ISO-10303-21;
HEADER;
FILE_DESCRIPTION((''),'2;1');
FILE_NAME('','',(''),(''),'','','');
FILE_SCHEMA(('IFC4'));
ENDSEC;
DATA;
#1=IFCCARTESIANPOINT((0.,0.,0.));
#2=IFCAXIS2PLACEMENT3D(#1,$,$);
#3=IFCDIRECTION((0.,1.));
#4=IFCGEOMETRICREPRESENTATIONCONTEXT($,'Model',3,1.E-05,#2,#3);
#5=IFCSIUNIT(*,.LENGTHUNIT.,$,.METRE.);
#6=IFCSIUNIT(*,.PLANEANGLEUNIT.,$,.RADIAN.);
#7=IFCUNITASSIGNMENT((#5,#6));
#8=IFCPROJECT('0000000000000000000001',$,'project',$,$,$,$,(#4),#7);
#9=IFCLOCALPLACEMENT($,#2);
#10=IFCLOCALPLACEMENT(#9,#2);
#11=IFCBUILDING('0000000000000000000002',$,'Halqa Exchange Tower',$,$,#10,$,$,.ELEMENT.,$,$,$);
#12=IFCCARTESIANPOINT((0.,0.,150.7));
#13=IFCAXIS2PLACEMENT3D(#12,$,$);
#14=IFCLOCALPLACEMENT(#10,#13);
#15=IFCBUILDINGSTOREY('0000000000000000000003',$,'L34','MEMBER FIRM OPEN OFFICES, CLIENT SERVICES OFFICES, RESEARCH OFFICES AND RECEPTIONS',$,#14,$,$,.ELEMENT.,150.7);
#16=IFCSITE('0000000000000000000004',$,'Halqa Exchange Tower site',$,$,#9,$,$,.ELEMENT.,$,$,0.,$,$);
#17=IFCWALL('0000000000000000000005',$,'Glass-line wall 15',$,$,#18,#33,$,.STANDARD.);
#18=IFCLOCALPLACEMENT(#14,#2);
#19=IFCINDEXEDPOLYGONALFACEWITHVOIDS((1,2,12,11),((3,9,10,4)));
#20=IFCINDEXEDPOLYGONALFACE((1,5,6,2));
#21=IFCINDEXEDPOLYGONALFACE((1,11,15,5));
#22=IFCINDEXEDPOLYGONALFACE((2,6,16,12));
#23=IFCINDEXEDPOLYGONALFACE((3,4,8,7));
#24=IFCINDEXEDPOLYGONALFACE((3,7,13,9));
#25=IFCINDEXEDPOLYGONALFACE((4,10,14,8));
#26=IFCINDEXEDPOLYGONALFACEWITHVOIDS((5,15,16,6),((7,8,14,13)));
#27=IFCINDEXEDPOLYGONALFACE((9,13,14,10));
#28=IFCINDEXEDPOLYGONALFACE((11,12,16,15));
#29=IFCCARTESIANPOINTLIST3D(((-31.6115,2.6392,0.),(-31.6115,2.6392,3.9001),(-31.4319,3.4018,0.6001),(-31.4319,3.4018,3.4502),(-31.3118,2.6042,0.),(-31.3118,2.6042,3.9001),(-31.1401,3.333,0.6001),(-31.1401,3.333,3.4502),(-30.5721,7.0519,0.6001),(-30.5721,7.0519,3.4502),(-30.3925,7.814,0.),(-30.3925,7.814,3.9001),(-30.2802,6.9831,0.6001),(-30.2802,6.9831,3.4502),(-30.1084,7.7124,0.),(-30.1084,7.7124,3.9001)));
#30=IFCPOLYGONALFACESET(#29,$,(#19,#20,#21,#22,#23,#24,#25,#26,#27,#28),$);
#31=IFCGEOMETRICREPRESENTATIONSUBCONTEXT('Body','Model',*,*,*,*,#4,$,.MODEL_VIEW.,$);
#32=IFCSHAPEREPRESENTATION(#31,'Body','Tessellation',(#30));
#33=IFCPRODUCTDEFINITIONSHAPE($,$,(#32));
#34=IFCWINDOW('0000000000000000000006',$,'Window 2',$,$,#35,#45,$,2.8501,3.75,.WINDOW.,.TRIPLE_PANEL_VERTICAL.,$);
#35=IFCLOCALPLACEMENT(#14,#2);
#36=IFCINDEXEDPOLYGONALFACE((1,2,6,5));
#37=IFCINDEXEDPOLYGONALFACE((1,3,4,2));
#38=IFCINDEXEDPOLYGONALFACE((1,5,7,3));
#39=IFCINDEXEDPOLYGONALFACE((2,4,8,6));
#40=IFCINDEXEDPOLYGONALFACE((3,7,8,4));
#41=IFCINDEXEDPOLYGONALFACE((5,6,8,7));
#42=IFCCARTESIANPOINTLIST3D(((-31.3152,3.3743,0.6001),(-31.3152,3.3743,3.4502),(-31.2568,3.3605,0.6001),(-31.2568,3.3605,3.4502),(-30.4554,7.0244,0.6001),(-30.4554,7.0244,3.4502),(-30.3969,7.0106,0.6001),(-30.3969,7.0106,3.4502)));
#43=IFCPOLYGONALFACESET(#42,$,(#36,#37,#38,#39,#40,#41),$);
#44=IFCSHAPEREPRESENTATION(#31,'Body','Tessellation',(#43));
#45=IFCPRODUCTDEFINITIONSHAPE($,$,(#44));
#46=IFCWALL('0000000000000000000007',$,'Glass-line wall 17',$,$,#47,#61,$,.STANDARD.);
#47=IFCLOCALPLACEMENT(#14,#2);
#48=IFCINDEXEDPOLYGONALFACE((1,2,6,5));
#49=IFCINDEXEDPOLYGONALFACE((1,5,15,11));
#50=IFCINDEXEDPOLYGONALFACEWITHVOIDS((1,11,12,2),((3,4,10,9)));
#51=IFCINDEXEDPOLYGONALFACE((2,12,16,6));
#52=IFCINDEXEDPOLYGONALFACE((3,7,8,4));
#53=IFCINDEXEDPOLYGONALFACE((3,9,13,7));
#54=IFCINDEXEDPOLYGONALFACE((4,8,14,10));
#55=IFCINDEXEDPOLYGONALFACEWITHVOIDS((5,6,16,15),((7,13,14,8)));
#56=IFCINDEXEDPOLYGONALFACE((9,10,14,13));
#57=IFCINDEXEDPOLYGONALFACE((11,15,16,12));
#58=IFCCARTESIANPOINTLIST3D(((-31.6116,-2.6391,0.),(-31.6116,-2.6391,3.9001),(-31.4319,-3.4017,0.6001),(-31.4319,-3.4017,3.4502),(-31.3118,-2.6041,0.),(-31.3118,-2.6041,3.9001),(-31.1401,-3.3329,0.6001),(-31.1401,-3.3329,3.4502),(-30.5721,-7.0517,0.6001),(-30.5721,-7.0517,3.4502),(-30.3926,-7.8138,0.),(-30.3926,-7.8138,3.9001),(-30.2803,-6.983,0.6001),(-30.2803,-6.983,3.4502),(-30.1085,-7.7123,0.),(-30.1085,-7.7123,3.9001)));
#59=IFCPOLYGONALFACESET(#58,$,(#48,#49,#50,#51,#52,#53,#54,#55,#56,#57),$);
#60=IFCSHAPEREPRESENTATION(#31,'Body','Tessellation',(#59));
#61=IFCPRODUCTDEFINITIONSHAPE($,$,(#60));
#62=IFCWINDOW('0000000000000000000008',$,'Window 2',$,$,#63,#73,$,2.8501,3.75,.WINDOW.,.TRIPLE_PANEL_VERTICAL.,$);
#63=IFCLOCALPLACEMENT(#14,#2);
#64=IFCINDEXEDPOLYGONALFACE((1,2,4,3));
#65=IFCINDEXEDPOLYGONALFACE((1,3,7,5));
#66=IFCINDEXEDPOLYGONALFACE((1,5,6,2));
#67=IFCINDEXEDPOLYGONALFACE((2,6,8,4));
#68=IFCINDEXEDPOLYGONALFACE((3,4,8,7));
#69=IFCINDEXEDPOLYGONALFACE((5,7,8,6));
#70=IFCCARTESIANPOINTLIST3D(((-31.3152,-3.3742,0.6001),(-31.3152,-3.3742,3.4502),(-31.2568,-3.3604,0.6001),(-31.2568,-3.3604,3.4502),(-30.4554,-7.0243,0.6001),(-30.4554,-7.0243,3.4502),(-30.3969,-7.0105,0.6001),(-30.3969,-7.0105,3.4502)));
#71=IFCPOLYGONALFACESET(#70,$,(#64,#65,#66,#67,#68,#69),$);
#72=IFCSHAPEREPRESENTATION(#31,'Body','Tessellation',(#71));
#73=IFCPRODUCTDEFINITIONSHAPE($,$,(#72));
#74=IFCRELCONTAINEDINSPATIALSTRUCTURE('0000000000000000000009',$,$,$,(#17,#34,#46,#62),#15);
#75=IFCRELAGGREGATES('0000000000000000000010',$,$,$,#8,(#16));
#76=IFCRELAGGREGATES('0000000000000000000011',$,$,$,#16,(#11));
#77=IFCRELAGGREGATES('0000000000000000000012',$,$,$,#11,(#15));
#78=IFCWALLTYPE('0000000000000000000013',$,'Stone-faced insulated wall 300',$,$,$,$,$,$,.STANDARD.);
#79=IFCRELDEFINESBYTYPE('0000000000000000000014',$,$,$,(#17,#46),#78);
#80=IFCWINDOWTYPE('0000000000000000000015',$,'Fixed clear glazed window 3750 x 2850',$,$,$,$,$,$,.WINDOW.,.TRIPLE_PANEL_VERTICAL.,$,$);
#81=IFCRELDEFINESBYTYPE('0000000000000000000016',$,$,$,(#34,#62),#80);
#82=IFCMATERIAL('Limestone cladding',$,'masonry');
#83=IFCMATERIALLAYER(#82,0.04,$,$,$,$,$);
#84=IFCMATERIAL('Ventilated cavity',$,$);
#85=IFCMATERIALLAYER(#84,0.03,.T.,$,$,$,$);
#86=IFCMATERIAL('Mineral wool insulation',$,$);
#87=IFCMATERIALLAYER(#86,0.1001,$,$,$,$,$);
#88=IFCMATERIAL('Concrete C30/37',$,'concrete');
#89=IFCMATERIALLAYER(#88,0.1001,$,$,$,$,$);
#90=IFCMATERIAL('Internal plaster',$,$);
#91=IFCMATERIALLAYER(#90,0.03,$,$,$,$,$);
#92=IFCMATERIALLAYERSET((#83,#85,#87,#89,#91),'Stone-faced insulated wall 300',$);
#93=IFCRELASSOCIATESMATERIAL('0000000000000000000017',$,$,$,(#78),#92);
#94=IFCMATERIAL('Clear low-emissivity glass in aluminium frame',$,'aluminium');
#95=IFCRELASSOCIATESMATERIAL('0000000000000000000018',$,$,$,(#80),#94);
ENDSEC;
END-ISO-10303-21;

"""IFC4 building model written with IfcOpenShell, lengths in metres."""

from ifc_helpers import new_model, si_unit, direction, frame, frame_2d, origin, place, context, subcontext, project, spatial, polyline, rectangle, outline, extrude, material, layer, layer_set, type_object, element, fill, save


model = new_model("IFC4")

# Units and contexts
model_context = context("Model", 3, precision=1e-05, world=origin(), true_north=direction((0.0, 1.0)))
body_context = subcontext(model_context, "Body", "Model", "MODEL_VIEW")
ifc_project = project(units=[si_unit("LENGTHUNIT", "METRE"), si_unit("PLANEANGLEUNIT", "RADIAN")], contexts=[model_context])

# Site, building, storey
site_placement = place(None, origin())
site = spatial("IfcSite", under=ifc_project, at=site_placement, Name="Halqa Exchange Tower site", CompositionType="ELEMENT", RefElevation=0.0)
building_placement = place(site_placement, origin())
building = spatial("IfcBuilding", under=site, at=building_placement, Name="Halqa Exchange Tower", CompositionType="ELEMENT")
storey_placement = place(building_placement, frame((0.0, 0.0, 150.7)))
storey = spatial("IfcBuildingStorey", under=building, at=storey_placement, Name="L34", Description="MEMBER FIRM OPEN OFFICES, CLIENT SERVICES OFFICES, RESEARCH OFFICES AND RECEPTIONS", CompositionType="ELEMENT", Elevation=150.7)

# Wall, opening, window
ifc_material_1 = material(Name="Limestone cladding", Category="masonry")
ifc_layer_1 = layer(ifc_material_1, 0.04)
ifc_material_2 = material(Name="Ventilated cavity")
ifc_layer_2 = layer(ifc_material_2, 0.03, ventilated=True)
ifc_material_3 = material(Name="Mineral wool insulation")
ifc_layer_3 = layer(ifc_material_3, 0.1001)
ifc_material_4 = material(Name="Concrete C30/37", Category="concrete")
ifc_layer_4 = layer(ifc_material_4, 0.1001)
ifc_material_5 = material(Name="Internal plaster")
ifc_layer_5 = layer(ifc_material_5, 0.03)
ifc_layer_set_1 = layer_set([ifc_layer_1, ifc_layer_2, ifc_layer_3, ifc_layer_4, ifc_layer_5], Name="Stone-faced insulated wall 300")
wall_type_1 = type_object("IfcWallType", Name="Stone-faced insulated wall 300", PredefinedType="STANDARD", material=ifc_layer_set_1)
ifc_material_6 = material(Name="Clear low-emissivity glass in aluminium frame", Category="aluminium")
window_type = type_object("IfcWindowType", Name="Fixed clear glazed window 3750 x 2850", PartitioningType="TRIPLE_PANEL_VERTICAL", PredefinedType="WINDOW", material=ifc_material_6)
wall_1_placement = place(storey_placement, frame((-30.2505, 7.7632, 0.0), z_axis=(0.0, 0.0, 1.0), x_axis=(-0.229289, -0.973358, 0.0)))
wall_1 = element("IfcWall", 1, at=wall_1_placement, inside=storey, type_object=wall_type_1, Name="Glass-line wall 15", PredefinedType="STANDARD", context=body_context, shape_type="SweptSolid", body=[
    extrude(outline(polyline([(-0.0168, -0.1499), (5.2996, -0.1499), (5.2649, 0.1499), (0.0168, 0.1499), (-0.0168, -0.1499)])), origin(), (0.0, 0.0, 1.0), 3.9001),
])
opening_1_placement = place(wall_1_placement, frame((0.7661, 0.0, 0.6001)))
opening_1 = element("IfcOpeningElement", 2, at=opening_1_placement, cuts=wall_1, PredefinedType="OPENING", context=body_context, shape_type="SweptSolid", body=[
    extrude(rectangle(XDim=3.75, YDim=2.8501, at=frame_2d((1.875, 1.425))), frame((0.0, 0.1621, 0.0), z_axis=(0.0, -1.0, 0.0), x_axis=(1.0, 0.0, 0.0)), (0.0, 0.0, 1.0), 0.324),
])
window_1_placement = place(opening_1_placement, origin())
window_1 = element("IfcWindow", 3, at=window_1_placement, inside=storey, type_object=window_type, Name="Window 2", OverallHeight=2.8501, OverallWidth=3.75, PartitioningType="TRIPLE_PANEL_VERTICAL", PredefinedType="WINDOW", context=body_context, shape_type="SweptSolid", body=[
    extrude(rectangle(XDim=3.75, YDim=2.8501, at=frame_2d((1.875, 1.425))), frame((0.0, 0.03, 0.0), z_axis=(0.0, -1.0, 0.0), x_axis=(1.0, 0.0, 0.0)), (0.0, 0.0, 1.0), 0.0601),
])
fill(opening_1, window_1)

# Wall, opening, window
wall_2_placement = place(storey_placement, frame((-31.4617, -2.6216, 0.0), z_axis=(0.0, 0.0, 1.0), x_axis=(0.229289, -0.973358, 0.0)))
wall_2 = element("IfcWall", 4, at=wall_2_placement, inside=storey, type_object=wall_type_1, Name="Glass-line wall 17", PredefinedType="STANDARD", context=body_context, shape_type="SweptSolid", body=[
    extrude(outline(polyline([(-0.0173, -0.1499), (5.2991, -0.1499), (5.2654, 0.1499), (0.0173, 0.1499), (-0.0173, -0.1499)])), origin(), (0.0, 0.0, 1.0), 3.9001),
])
opening_2_placement = place(wall_2_placement, frame((0.7661, 0.0, 0.6001)))
opening_2 = element("IfcOpeningElement", 5, at=opening_2_placement, cuts=wall_2, PredefinedType="OPENING", context=body_context, shape_type="SweptSolid", body=[
    extrude(rectangle(XDim=3.75, YDim=2.8501, at=frame_2d((1.875, 1.425))), frame((0.0, 0.1621, 0.0), z_axis=(0.0, -1.0, 0.0), x_axis=(1.0, 0.0, 0.0)), (0.0, 0.0, 1.0), 0.324),
])
window_2_placement = place(opening_2_placement, origin())
window_2 = element("IfcWindow", 6, at=window_2_placement, inside=storey, type_object=window_type, Name="Window 2", OverallHeight=2.8501, OverallWidth=3.75, PartitioningType="TRIPLE_PANEL_VERTICAL", PredefinedType="WINDOW", context=body_context, shape_type="SweptSolid", body=[
    extrude(rectangle(XDim=3.75, YDim=2.8501, at=frame_2d((1.875, 1.425))), frame((0.0, 0.03, 0.0), z_axis=(0.0, -1.0, 0.0), x_axis=(1.0, 0.0, 0.0)), (0.0, 0.0, 1.0), 0.0601),
])
fill(opening_2, window_2)

save(model, "model.ifc")
